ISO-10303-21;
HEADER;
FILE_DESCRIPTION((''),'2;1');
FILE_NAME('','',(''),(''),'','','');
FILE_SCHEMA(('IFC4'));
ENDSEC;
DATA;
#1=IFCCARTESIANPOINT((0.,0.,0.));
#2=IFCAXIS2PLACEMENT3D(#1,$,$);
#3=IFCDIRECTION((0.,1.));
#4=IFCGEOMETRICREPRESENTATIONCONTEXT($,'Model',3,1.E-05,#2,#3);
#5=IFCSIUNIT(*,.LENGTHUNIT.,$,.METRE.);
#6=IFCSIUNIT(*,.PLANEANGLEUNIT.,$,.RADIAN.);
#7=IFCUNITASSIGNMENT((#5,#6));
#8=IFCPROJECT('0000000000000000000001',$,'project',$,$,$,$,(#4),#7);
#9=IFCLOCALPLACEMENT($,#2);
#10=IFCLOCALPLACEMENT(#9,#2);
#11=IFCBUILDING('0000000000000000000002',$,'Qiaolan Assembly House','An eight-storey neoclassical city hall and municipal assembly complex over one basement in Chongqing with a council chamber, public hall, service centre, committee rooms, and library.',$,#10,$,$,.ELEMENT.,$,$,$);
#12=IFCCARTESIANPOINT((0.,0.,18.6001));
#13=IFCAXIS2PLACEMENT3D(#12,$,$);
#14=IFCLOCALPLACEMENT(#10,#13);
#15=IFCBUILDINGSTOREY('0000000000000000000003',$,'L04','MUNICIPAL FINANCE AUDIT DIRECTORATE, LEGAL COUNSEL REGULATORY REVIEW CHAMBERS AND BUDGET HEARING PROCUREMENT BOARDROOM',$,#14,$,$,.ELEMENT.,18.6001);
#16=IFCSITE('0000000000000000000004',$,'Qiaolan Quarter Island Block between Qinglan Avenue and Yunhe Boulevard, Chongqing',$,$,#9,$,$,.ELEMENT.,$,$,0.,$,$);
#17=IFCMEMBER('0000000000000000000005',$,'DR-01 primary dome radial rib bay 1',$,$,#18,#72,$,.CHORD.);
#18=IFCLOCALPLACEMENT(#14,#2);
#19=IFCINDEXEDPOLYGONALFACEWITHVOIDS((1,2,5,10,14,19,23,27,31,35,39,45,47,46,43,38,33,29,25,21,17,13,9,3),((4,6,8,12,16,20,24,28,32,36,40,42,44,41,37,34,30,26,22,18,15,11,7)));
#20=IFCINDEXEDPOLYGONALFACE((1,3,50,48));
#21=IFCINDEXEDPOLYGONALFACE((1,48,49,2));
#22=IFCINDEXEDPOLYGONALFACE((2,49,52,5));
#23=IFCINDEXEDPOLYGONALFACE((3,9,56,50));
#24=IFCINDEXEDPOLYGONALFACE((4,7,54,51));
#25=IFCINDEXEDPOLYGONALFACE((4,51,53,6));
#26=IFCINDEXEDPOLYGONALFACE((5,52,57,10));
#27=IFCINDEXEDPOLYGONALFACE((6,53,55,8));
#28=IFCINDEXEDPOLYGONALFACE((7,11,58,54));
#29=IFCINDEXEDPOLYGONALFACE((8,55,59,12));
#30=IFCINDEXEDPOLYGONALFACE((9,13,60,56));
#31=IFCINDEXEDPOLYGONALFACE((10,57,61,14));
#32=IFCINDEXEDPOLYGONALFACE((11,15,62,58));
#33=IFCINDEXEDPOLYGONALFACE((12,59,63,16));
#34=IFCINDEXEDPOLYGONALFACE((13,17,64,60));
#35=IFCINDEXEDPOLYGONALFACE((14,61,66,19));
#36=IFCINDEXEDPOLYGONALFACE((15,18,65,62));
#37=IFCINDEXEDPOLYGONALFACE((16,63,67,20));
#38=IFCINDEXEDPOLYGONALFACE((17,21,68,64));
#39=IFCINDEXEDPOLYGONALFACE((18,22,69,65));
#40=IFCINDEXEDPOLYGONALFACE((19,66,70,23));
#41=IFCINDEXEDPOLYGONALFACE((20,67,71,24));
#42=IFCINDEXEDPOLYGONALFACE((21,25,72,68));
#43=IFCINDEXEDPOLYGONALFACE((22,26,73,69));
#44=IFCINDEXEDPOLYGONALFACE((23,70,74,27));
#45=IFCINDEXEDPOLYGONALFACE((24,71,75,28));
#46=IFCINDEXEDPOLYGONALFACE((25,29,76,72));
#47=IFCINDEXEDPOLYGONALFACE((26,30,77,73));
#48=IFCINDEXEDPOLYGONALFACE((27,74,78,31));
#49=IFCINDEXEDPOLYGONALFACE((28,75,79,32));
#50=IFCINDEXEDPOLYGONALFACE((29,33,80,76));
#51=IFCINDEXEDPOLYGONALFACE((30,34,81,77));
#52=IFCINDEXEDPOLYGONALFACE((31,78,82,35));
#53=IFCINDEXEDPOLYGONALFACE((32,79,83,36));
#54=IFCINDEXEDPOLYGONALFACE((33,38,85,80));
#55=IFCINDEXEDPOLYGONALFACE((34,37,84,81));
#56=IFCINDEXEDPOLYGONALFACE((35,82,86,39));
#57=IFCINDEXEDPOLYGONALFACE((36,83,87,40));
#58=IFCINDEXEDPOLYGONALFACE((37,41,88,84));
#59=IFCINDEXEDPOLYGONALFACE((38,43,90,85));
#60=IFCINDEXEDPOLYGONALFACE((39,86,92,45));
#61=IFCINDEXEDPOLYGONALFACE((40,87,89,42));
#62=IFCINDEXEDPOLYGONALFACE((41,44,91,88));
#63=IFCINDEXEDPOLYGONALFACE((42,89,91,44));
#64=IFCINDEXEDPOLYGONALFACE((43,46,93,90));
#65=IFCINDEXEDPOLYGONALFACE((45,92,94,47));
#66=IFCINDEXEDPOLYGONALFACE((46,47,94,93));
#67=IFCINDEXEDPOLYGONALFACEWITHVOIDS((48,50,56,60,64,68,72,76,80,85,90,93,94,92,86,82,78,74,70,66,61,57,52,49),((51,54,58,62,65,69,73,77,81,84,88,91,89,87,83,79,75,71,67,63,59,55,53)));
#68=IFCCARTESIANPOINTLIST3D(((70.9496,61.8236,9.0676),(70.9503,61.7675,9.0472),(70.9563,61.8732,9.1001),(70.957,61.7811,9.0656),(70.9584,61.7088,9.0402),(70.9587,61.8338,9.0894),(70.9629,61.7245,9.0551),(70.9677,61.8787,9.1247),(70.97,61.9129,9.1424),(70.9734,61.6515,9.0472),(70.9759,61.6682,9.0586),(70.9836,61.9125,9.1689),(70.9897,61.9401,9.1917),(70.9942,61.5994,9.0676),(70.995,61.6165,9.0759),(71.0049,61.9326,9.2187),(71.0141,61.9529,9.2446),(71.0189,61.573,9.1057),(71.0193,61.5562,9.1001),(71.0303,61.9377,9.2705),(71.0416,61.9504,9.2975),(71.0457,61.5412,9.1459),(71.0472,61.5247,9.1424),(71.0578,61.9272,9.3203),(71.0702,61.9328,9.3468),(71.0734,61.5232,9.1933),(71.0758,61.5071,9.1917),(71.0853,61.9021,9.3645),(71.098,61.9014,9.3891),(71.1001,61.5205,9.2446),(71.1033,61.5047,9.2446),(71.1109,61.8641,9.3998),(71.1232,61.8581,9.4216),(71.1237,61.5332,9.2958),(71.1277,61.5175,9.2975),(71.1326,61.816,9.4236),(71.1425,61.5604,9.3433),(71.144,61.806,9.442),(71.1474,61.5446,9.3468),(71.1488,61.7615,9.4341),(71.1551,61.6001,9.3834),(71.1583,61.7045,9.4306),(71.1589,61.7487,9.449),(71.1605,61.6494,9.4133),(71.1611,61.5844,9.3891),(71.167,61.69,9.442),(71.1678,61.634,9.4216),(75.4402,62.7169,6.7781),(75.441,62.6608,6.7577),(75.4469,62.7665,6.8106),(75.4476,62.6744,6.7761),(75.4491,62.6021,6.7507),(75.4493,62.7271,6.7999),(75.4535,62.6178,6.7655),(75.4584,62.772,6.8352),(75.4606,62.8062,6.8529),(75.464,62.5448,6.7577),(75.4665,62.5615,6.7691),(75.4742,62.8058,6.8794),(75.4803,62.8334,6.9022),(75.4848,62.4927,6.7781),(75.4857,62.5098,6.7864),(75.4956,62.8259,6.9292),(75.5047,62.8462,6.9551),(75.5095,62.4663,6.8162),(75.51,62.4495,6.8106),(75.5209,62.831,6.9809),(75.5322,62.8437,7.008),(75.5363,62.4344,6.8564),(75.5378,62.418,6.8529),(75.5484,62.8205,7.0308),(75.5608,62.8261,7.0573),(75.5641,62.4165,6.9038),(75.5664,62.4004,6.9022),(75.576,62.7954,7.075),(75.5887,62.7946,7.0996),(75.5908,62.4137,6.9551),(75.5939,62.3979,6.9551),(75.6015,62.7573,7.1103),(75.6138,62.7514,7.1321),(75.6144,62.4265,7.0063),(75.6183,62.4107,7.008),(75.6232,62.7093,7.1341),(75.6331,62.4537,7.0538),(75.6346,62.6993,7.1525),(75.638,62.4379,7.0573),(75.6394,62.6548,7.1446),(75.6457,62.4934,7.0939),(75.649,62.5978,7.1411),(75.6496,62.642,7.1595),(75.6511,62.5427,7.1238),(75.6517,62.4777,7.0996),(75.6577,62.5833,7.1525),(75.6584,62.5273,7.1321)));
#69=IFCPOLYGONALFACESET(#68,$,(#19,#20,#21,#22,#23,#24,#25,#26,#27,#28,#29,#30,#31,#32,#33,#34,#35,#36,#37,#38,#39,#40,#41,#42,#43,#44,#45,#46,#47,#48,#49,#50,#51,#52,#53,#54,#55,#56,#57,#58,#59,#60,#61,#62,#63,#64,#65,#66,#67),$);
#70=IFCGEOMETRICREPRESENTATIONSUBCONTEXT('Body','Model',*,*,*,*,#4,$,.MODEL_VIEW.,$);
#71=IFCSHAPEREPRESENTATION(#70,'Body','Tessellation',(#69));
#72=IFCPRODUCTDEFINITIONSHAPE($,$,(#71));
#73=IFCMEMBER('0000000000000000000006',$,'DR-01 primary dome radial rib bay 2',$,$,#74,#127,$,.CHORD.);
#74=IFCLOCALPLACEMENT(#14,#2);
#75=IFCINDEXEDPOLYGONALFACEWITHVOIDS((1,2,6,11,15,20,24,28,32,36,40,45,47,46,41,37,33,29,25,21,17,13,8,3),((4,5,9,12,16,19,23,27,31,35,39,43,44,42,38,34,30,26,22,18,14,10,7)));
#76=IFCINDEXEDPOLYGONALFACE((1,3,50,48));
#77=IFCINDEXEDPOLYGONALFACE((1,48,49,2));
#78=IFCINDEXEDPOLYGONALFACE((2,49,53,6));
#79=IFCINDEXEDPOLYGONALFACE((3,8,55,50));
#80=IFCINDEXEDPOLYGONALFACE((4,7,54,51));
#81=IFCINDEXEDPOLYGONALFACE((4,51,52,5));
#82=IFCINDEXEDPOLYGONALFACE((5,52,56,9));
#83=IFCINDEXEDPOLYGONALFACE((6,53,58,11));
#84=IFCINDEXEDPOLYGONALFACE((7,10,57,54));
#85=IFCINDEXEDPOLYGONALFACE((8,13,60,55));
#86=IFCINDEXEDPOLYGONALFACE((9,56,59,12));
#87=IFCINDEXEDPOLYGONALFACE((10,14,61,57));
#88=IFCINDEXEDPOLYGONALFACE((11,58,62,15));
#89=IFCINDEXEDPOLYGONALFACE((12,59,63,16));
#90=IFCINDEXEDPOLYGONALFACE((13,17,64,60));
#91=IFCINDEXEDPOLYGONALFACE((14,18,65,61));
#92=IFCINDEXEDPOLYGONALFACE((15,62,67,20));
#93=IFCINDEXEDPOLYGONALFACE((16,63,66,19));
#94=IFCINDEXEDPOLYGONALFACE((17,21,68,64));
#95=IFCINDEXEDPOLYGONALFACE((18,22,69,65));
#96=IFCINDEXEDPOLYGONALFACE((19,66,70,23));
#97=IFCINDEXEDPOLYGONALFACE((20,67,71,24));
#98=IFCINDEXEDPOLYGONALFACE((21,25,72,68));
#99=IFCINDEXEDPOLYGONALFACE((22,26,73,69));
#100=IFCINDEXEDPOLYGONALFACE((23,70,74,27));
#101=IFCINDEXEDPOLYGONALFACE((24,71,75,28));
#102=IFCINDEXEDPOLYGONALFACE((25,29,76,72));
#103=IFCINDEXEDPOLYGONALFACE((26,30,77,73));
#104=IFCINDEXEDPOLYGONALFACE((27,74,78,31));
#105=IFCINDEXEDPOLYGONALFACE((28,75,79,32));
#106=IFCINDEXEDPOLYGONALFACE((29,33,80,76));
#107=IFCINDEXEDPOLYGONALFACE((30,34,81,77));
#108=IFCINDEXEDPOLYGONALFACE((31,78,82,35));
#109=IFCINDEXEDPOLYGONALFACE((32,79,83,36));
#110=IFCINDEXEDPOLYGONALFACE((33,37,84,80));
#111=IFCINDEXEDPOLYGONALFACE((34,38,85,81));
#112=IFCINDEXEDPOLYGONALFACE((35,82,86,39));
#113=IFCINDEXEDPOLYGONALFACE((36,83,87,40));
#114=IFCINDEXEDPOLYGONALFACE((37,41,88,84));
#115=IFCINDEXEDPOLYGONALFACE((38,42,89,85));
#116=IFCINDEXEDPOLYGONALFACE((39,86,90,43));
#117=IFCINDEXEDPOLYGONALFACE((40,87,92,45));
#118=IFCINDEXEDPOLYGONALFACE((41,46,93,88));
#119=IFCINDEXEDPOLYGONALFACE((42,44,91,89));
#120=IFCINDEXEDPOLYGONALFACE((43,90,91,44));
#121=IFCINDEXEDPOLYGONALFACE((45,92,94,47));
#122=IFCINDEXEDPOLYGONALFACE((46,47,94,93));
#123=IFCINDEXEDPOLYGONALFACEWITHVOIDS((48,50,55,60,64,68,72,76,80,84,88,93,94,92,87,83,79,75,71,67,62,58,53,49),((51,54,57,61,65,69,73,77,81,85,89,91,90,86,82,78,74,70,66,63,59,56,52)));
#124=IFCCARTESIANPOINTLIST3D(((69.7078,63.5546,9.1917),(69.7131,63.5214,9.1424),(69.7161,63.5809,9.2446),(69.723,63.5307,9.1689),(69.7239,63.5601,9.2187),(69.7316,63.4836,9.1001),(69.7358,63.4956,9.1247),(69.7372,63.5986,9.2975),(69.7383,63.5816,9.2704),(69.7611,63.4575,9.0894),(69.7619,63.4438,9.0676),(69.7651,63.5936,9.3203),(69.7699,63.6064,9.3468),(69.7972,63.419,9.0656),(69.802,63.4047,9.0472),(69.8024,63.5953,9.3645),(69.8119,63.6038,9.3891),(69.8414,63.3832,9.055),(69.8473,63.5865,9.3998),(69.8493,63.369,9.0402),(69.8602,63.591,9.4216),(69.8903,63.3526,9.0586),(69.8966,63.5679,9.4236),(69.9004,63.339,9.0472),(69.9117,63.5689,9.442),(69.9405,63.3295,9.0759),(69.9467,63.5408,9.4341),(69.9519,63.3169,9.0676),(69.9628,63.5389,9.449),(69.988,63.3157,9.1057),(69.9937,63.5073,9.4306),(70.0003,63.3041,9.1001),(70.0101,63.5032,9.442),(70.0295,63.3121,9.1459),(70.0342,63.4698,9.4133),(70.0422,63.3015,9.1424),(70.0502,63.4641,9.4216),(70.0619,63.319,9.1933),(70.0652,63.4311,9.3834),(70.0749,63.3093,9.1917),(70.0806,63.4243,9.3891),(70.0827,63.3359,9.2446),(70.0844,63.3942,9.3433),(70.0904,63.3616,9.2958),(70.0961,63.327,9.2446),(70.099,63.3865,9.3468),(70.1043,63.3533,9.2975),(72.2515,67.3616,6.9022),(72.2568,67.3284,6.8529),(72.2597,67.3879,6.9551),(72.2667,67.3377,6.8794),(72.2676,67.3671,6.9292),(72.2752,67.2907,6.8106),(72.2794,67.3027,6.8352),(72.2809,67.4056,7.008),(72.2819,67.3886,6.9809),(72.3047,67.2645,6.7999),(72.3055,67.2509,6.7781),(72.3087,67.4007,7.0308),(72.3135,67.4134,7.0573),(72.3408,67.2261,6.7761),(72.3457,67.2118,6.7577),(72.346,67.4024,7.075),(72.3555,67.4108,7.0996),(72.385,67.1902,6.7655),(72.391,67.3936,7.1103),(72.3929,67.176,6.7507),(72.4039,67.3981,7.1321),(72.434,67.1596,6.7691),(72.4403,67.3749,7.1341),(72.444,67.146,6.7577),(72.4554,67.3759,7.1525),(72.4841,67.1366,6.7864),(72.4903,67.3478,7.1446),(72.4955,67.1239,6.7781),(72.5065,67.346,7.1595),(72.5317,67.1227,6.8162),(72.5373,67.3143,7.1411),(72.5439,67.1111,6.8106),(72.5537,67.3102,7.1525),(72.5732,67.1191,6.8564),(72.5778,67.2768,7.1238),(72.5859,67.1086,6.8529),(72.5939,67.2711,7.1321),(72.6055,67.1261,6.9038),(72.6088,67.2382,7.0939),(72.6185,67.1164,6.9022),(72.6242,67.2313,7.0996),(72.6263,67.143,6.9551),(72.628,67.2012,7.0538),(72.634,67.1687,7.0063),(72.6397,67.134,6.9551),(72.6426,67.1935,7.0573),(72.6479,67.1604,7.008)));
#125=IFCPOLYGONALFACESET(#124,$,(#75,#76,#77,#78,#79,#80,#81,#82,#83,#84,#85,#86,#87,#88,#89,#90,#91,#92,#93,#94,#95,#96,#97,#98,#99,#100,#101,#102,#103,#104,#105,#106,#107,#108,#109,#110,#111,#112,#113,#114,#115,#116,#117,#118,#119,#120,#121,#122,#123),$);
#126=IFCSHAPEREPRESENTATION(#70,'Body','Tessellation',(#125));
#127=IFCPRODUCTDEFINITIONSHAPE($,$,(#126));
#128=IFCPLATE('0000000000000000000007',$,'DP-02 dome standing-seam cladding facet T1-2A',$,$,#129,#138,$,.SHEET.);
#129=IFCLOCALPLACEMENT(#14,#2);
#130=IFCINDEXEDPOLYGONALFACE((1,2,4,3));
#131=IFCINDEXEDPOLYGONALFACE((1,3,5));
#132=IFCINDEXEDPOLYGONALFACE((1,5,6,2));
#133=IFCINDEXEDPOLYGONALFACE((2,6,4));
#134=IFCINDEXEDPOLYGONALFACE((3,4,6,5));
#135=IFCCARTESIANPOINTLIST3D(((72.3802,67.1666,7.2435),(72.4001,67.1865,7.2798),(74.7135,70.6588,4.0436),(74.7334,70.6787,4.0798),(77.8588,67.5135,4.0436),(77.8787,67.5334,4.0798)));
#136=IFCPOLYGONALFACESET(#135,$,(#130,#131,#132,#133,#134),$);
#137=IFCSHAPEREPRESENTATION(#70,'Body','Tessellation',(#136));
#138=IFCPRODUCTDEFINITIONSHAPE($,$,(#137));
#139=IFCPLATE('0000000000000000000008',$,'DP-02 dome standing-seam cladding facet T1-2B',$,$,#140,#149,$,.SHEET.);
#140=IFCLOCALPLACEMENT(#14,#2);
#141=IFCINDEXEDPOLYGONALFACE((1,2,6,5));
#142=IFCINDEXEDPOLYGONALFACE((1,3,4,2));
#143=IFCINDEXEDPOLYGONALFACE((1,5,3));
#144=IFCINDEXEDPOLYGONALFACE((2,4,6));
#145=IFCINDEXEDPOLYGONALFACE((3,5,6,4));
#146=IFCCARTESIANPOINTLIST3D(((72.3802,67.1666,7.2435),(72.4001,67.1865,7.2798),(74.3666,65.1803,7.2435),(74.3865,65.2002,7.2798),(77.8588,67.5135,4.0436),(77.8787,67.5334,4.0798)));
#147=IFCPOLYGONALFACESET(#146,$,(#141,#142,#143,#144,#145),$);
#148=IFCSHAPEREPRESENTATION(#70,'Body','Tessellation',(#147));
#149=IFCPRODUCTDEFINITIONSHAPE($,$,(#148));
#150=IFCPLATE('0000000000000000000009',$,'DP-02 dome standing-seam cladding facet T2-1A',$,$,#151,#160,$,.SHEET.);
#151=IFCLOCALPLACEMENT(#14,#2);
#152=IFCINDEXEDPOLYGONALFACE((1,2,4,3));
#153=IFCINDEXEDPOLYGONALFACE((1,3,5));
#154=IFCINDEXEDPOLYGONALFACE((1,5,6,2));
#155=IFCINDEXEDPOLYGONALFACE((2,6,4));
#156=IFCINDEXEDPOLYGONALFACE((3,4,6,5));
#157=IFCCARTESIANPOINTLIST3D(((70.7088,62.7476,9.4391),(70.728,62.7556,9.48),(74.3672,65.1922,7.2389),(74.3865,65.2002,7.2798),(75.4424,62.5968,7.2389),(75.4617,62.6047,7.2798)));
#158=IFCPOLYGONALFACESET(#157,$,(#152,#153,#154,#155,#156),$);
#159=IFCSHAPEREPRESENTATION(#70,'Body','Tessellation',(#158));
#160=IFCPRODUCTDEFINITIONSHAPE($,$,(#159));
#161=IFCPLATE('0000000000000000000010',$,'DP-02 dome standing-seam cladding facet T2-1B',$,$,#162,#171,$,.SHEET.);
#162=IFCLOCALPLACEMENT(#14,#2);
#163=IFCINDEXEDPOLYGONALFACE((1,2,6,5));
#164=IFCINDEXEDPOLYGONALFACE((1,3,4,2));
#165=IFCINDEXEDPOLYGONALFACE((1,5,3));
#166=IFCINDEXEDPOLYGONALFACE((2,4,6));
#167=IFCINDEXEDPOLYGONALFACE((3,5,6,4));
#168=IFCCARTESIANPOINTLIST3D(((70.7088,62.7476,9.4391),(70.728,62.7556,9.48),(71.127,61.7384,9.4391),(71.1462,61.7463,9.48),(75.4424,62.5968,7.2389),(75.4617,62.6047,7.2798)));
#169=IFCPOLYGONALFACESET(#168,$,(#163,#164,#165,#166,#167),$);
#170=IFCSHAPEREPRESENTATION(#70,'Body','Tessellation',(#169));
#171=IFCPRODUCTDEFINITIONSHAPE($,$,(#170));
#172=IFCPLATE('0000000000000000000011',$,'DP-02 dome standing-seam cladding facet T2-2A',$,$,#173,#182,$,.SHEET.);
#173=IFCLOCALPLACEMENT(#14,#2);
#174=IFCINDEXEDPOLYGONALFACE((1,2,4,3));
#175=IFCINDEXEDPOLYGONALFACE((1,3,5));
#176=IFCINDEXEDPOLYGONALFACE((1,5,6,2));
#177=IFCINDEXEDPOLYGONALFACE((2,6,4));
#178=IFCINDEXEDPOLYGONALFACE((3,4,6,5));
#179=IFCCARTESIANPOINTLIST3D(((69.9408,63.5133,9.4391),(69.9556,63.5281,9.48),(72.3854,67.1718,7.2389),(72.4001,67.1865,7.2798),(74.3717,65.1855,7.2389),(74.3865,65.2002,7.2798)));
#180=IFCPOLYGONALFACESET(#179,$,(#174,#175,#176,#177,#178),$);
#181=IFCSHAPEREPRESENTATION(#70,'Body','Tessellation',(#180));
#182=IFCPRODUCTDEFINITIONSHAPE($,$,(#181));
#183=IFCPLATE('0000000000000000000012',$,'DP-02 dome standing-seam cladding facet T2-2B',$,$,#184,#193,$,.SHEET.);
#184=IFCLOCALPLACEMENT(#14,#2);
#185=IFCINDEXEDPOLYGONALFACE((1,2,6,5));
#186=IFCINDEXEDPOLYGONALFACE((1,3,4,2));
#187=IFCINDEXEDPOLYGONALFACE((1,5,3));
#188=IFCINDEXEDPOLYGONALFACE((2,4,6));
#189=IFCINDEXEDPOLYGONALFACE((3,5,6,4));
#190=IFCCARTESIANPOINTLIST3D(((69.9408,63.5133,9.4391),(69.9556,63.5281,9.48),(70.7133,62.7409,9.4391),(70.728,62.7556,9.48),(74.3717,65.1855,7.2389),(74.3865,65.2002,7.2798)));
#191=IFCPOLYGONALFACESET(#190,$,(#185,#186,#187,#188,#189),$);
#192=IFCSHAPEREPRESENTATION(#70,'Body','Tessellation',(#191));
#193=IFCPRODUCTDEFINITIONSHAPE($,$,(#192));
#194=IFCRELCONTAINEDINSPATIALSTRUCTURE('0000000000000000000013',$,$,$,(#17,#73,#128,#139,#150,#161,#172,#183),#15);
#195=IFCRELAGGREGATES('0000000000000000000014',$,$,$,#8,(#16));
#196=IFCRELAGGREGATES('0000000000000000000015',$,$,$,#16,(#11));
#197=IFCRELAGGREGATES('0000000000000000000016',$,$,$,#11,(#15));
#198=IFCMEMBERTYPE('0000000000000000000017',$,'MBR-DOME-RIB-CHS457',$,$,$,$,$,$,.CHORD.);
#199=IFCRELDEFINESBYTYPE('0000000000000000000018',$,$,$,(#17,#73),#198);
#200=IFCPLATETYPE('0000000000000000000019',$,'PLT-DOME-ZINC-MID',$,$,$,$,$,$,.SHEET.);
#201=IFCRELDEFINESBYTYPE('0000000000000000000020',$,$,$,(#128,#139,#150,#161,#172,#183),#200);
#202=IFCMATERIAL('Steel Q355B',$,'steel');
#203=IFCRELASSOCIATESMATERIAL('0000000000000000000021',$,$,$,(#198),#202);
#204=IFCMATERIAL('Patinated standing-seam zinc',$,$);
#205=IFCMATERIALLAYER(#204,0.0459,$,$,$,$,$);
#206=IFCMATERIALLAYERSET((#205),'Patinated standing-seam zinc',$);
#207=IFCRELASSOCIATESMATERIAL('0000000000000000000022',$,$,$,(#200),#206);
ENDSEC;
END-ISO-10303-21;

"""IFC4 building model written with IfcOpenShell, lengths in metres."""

from ifc_helpers import new_model, si_unit, direction, frame, origin, origin_2d, place, context, subcontext, project, spatial, polyline, hollow_circle, outline, extrude, material, layer, layer_set, material_profile, profile_set, type_object, element, save


model = new_model("IFC4")

# Units and contexts
model_context = context("Model", 3, precision=1e-05, world=origin(), true_north=direction((0.0, 1.0)))
body_context = subcontext(model_context, "Body", "Model", "MODEL_VIEW")
ifc_project = project(units=[si_unit("LENGTHUNIT", "METRE"), si_unit("PLANEANGLEUNIT", "RADIAN")], contexts=[model_context])

# Site, building, storey
site_placement = place(None, origin())
site = spatial("IfcSite", under=ifc_project, at=site_placement, Name="Qiaolan Quarter Island Block between Qinglan Avenue and Yunhe Boulevard, Chongqing", CompositionType="ELEMENT", RefElevation=0.0)
building_placement = place(site_placement, origin())
building = spatial("IfcBuilding", under=site, at=building_placement, Name="Qiaolan Assembly House", Description="An eight-storey neoclassical city hall and municipal assembly complex over one basement in Chongqing with a council chamber, public hall, service centre, committee rooms, and library.", CompositionType="ELEMENT")
storey_placement = place(building_placement, frame((0.0, 0.0, 18.6001)))
storey = spatial("IfcBuildingStorey", under=building, at=storey_placement, Name="L04", Description="MUNICIPAL FINANCE AUDIT DIRECTORATE, LEGAL COUNSEL REGULATORY REVIEW CHAMBERS AND BUDGET HEARING PROCUREMENT BOARDROOM", CompositionType="ELEMENT", Elevation=18.6001)

# Shared definitions
ifc_material_1 = material(Name="Steel Q355B", Category="steel")

# Members
ifc_material_profile_1 = material_profile(ifc_material_1, hollow_circle(Radius=0.2285, WallThickness=0.0161, at=origin_2d()), Name="CHS 457x16")
ifc_profile_set_1 = profile_set([ifc_material_profile_1], Name="Steel Q355B")
member_type_1 = type_object("IfcMemberType", Name="MBR-DOME-RIB-CHS457", PredefinedType="CHORD", material=ifc_profile_set_1)
for number, where, z_axis, x_axis, name in (
    (1, (75.5493, 62.6221, 6.9551), (-0.877224, -0.174501, 0.447244), (0.195101, -0.980783, 0.0), "DR-01 primary dome radial rib bay 1"),
    (2, (72.4497, 67.261, 6.9551), (-0.49689, -0.743689, 0.447244), (0.831484, -0.555549, 0.0), "DR-01 primary dome radial rib bay 2"),
):
    element("IfcMember", number, at=place(storey_placement, frame(where, z_axis=z_axis, x_axis=x_axis)), inside=storey, type_object=member_type_1, Name=name, PredefinedType="CHORD", context=body_context, shape_type="SweptSolid", body=[
        extrude(hollow_circle(Radius=0.2285, WallThickness=0.0161, at=origin_2d()), origin(), (0.0, 0.0, 1.0), 5.1191),
    ])

# Plates
ifc_material_2 = material(Name="Patinated standing-seam zinc")
ifc_layer_1 = layer(ifc_material_2, 0.0459)
ifc_layer_set_1 = layer_set([ifc_layer_1], Name="Patinated standing-seam zinc")
plate_type_1 = type_object("IfcPlateType", Name="PLT-DOME-ZINC-MID", PredefinedType="SHEET", material=ifc_layer_set_1)
plate_1_placement = place(storey_placement, frame((77.8787, 67.5334, 4.0798), z_axis=(0.433794, 0.433794, 0.789712), x_axis=(-0.707107, 0.707107, 0.0)))
element("IfcPlate", 3, at=plate_1_placement, inside=storey, type_object=plate_type_1, Name="DP-02 dome standing-seam cladding facet T1-2A", PredefinedType="SHEET", context=body_context, shape_type="SweptSolid", body=[
    extrude(outline(polyline([(0.0, 0.0), (4.4481, 0.0), (3.6286, 5.2161), (0.0, 0.0)])), origin(), (0.0, 0.0, -1.0), 0.0459),
])
plate_2_placement = place(storey_placement, frame((77.8787, 67.5334, 4.0798), z_axis=(0.433794, 0.433794, 0.789712), x_axis=(-0.862206, -0.054599, 0.503607)))
element("IfcPlate", 4, at=plate_2_placement, inside=storey, type_object=plate_type_1, Name="DP-02 dome standing-seam cladding facet T1-2B", PredefinedType="SHEET", context=body_context, shape_type="SweptSolid", body=[
    extrude(outline(polyline([(0.0, 0.0), (6.3541, 0.0), (4.7499, 2.306), (0.0, 0.0)])), origin(), (0.0, 0.0, -1.0), 0.0459),
])
plate_3_placement = place(storey_placement, frame((75.4617, 62.6047, 7.2798), z_axis=(0.419628, 0.173835, 0.890895), x_axis=(-0.38272, 0.923864, 0.0)))
element("IfcPlate", 5, at=plate_3_placement, inside=storey, type_object=plate_type_1, Name="DP-02 dome standing-seam cladding facet T2-1A", PredefinedType="SHEET", context=body_context, shape_type="SweptSolid", body=[
    extrude(outline(polyline([(0.0, 0.0), (2.8094, 0.0), (1.9511, 4.844), (0.0, 0.0)])), origin(), (0.0, 0.0, -1.0), 0.0459),
])
plate_4_placement = place(storey_placement, frame((75.4617, 62.6047, 7.2798), z_axis=(0.419626, 0.17388, 0.890887), x_axis=(-0.906452, 0.028892, 0.421319)))
element("IfcPlate", 6, at=plate_4_placement, inside=storey, type_object=plate_type_1, Name="DP-02 dome standing-seam cladding facet T2-1B", PredefinedType="SHEET", context=body_context, shape_type="SweptSolid", body=[
    extrude(outline(polyline([(0.0, 0.0), (5.2222, 0.0), (4.8139, 1.0133), (0.0, 0.0)])), origin(), (0.0, 0.0, -1.0), 0.0459),
])
plate_5_placement = place(storey_placement, frame((74.3865, 65.2002, 7.2798), z_axis=(0.321175, 0.321175, 0.890894), x_axis=(-0.707107, 0.707107, 0.0)))
element("IfcPlate", 7, at=plate_5_placement, inside=storey, type_object=plate_type_1, Name="DP-02 dome standing-seam cladding facet T2-2A", PredefinedType="SHEET", context=body_context, shape_type="SweptSolid", body=[
    extrude(outline(polyline([(0.0, 0.0), (2.8091, 0.0), (1.9508, 4.844), (0.0, 0.0)])), origin(), (0.0, 0.0, -1.0), 0.0459),
])
plate_6_placement = place(storey_placement, frame((74.3865, 65.2002, 7.2798), z_axis=(0.321175, 0.321175, 0.890894), x_axis=(-0.8485, -0.320204, 0.421328)))
element("IfcPlate", 8, at=plate_6_placement, inside=storey, type_object=plate_type_1, Name="DP-02 dome standing-seam cladding facet T2-2B", PredefinedType="SHEET", context=body_context, shape_type="SweptSolid", body=[
    extrude(outline(polyline([(0.0, 0.0), (5.222, 0.0), (4.814, 1.0133), (0.0, 0.0)])), origin(), (0.0, 0.0, -1.0), 0.0459),
])

save(model, "model.ifc")
